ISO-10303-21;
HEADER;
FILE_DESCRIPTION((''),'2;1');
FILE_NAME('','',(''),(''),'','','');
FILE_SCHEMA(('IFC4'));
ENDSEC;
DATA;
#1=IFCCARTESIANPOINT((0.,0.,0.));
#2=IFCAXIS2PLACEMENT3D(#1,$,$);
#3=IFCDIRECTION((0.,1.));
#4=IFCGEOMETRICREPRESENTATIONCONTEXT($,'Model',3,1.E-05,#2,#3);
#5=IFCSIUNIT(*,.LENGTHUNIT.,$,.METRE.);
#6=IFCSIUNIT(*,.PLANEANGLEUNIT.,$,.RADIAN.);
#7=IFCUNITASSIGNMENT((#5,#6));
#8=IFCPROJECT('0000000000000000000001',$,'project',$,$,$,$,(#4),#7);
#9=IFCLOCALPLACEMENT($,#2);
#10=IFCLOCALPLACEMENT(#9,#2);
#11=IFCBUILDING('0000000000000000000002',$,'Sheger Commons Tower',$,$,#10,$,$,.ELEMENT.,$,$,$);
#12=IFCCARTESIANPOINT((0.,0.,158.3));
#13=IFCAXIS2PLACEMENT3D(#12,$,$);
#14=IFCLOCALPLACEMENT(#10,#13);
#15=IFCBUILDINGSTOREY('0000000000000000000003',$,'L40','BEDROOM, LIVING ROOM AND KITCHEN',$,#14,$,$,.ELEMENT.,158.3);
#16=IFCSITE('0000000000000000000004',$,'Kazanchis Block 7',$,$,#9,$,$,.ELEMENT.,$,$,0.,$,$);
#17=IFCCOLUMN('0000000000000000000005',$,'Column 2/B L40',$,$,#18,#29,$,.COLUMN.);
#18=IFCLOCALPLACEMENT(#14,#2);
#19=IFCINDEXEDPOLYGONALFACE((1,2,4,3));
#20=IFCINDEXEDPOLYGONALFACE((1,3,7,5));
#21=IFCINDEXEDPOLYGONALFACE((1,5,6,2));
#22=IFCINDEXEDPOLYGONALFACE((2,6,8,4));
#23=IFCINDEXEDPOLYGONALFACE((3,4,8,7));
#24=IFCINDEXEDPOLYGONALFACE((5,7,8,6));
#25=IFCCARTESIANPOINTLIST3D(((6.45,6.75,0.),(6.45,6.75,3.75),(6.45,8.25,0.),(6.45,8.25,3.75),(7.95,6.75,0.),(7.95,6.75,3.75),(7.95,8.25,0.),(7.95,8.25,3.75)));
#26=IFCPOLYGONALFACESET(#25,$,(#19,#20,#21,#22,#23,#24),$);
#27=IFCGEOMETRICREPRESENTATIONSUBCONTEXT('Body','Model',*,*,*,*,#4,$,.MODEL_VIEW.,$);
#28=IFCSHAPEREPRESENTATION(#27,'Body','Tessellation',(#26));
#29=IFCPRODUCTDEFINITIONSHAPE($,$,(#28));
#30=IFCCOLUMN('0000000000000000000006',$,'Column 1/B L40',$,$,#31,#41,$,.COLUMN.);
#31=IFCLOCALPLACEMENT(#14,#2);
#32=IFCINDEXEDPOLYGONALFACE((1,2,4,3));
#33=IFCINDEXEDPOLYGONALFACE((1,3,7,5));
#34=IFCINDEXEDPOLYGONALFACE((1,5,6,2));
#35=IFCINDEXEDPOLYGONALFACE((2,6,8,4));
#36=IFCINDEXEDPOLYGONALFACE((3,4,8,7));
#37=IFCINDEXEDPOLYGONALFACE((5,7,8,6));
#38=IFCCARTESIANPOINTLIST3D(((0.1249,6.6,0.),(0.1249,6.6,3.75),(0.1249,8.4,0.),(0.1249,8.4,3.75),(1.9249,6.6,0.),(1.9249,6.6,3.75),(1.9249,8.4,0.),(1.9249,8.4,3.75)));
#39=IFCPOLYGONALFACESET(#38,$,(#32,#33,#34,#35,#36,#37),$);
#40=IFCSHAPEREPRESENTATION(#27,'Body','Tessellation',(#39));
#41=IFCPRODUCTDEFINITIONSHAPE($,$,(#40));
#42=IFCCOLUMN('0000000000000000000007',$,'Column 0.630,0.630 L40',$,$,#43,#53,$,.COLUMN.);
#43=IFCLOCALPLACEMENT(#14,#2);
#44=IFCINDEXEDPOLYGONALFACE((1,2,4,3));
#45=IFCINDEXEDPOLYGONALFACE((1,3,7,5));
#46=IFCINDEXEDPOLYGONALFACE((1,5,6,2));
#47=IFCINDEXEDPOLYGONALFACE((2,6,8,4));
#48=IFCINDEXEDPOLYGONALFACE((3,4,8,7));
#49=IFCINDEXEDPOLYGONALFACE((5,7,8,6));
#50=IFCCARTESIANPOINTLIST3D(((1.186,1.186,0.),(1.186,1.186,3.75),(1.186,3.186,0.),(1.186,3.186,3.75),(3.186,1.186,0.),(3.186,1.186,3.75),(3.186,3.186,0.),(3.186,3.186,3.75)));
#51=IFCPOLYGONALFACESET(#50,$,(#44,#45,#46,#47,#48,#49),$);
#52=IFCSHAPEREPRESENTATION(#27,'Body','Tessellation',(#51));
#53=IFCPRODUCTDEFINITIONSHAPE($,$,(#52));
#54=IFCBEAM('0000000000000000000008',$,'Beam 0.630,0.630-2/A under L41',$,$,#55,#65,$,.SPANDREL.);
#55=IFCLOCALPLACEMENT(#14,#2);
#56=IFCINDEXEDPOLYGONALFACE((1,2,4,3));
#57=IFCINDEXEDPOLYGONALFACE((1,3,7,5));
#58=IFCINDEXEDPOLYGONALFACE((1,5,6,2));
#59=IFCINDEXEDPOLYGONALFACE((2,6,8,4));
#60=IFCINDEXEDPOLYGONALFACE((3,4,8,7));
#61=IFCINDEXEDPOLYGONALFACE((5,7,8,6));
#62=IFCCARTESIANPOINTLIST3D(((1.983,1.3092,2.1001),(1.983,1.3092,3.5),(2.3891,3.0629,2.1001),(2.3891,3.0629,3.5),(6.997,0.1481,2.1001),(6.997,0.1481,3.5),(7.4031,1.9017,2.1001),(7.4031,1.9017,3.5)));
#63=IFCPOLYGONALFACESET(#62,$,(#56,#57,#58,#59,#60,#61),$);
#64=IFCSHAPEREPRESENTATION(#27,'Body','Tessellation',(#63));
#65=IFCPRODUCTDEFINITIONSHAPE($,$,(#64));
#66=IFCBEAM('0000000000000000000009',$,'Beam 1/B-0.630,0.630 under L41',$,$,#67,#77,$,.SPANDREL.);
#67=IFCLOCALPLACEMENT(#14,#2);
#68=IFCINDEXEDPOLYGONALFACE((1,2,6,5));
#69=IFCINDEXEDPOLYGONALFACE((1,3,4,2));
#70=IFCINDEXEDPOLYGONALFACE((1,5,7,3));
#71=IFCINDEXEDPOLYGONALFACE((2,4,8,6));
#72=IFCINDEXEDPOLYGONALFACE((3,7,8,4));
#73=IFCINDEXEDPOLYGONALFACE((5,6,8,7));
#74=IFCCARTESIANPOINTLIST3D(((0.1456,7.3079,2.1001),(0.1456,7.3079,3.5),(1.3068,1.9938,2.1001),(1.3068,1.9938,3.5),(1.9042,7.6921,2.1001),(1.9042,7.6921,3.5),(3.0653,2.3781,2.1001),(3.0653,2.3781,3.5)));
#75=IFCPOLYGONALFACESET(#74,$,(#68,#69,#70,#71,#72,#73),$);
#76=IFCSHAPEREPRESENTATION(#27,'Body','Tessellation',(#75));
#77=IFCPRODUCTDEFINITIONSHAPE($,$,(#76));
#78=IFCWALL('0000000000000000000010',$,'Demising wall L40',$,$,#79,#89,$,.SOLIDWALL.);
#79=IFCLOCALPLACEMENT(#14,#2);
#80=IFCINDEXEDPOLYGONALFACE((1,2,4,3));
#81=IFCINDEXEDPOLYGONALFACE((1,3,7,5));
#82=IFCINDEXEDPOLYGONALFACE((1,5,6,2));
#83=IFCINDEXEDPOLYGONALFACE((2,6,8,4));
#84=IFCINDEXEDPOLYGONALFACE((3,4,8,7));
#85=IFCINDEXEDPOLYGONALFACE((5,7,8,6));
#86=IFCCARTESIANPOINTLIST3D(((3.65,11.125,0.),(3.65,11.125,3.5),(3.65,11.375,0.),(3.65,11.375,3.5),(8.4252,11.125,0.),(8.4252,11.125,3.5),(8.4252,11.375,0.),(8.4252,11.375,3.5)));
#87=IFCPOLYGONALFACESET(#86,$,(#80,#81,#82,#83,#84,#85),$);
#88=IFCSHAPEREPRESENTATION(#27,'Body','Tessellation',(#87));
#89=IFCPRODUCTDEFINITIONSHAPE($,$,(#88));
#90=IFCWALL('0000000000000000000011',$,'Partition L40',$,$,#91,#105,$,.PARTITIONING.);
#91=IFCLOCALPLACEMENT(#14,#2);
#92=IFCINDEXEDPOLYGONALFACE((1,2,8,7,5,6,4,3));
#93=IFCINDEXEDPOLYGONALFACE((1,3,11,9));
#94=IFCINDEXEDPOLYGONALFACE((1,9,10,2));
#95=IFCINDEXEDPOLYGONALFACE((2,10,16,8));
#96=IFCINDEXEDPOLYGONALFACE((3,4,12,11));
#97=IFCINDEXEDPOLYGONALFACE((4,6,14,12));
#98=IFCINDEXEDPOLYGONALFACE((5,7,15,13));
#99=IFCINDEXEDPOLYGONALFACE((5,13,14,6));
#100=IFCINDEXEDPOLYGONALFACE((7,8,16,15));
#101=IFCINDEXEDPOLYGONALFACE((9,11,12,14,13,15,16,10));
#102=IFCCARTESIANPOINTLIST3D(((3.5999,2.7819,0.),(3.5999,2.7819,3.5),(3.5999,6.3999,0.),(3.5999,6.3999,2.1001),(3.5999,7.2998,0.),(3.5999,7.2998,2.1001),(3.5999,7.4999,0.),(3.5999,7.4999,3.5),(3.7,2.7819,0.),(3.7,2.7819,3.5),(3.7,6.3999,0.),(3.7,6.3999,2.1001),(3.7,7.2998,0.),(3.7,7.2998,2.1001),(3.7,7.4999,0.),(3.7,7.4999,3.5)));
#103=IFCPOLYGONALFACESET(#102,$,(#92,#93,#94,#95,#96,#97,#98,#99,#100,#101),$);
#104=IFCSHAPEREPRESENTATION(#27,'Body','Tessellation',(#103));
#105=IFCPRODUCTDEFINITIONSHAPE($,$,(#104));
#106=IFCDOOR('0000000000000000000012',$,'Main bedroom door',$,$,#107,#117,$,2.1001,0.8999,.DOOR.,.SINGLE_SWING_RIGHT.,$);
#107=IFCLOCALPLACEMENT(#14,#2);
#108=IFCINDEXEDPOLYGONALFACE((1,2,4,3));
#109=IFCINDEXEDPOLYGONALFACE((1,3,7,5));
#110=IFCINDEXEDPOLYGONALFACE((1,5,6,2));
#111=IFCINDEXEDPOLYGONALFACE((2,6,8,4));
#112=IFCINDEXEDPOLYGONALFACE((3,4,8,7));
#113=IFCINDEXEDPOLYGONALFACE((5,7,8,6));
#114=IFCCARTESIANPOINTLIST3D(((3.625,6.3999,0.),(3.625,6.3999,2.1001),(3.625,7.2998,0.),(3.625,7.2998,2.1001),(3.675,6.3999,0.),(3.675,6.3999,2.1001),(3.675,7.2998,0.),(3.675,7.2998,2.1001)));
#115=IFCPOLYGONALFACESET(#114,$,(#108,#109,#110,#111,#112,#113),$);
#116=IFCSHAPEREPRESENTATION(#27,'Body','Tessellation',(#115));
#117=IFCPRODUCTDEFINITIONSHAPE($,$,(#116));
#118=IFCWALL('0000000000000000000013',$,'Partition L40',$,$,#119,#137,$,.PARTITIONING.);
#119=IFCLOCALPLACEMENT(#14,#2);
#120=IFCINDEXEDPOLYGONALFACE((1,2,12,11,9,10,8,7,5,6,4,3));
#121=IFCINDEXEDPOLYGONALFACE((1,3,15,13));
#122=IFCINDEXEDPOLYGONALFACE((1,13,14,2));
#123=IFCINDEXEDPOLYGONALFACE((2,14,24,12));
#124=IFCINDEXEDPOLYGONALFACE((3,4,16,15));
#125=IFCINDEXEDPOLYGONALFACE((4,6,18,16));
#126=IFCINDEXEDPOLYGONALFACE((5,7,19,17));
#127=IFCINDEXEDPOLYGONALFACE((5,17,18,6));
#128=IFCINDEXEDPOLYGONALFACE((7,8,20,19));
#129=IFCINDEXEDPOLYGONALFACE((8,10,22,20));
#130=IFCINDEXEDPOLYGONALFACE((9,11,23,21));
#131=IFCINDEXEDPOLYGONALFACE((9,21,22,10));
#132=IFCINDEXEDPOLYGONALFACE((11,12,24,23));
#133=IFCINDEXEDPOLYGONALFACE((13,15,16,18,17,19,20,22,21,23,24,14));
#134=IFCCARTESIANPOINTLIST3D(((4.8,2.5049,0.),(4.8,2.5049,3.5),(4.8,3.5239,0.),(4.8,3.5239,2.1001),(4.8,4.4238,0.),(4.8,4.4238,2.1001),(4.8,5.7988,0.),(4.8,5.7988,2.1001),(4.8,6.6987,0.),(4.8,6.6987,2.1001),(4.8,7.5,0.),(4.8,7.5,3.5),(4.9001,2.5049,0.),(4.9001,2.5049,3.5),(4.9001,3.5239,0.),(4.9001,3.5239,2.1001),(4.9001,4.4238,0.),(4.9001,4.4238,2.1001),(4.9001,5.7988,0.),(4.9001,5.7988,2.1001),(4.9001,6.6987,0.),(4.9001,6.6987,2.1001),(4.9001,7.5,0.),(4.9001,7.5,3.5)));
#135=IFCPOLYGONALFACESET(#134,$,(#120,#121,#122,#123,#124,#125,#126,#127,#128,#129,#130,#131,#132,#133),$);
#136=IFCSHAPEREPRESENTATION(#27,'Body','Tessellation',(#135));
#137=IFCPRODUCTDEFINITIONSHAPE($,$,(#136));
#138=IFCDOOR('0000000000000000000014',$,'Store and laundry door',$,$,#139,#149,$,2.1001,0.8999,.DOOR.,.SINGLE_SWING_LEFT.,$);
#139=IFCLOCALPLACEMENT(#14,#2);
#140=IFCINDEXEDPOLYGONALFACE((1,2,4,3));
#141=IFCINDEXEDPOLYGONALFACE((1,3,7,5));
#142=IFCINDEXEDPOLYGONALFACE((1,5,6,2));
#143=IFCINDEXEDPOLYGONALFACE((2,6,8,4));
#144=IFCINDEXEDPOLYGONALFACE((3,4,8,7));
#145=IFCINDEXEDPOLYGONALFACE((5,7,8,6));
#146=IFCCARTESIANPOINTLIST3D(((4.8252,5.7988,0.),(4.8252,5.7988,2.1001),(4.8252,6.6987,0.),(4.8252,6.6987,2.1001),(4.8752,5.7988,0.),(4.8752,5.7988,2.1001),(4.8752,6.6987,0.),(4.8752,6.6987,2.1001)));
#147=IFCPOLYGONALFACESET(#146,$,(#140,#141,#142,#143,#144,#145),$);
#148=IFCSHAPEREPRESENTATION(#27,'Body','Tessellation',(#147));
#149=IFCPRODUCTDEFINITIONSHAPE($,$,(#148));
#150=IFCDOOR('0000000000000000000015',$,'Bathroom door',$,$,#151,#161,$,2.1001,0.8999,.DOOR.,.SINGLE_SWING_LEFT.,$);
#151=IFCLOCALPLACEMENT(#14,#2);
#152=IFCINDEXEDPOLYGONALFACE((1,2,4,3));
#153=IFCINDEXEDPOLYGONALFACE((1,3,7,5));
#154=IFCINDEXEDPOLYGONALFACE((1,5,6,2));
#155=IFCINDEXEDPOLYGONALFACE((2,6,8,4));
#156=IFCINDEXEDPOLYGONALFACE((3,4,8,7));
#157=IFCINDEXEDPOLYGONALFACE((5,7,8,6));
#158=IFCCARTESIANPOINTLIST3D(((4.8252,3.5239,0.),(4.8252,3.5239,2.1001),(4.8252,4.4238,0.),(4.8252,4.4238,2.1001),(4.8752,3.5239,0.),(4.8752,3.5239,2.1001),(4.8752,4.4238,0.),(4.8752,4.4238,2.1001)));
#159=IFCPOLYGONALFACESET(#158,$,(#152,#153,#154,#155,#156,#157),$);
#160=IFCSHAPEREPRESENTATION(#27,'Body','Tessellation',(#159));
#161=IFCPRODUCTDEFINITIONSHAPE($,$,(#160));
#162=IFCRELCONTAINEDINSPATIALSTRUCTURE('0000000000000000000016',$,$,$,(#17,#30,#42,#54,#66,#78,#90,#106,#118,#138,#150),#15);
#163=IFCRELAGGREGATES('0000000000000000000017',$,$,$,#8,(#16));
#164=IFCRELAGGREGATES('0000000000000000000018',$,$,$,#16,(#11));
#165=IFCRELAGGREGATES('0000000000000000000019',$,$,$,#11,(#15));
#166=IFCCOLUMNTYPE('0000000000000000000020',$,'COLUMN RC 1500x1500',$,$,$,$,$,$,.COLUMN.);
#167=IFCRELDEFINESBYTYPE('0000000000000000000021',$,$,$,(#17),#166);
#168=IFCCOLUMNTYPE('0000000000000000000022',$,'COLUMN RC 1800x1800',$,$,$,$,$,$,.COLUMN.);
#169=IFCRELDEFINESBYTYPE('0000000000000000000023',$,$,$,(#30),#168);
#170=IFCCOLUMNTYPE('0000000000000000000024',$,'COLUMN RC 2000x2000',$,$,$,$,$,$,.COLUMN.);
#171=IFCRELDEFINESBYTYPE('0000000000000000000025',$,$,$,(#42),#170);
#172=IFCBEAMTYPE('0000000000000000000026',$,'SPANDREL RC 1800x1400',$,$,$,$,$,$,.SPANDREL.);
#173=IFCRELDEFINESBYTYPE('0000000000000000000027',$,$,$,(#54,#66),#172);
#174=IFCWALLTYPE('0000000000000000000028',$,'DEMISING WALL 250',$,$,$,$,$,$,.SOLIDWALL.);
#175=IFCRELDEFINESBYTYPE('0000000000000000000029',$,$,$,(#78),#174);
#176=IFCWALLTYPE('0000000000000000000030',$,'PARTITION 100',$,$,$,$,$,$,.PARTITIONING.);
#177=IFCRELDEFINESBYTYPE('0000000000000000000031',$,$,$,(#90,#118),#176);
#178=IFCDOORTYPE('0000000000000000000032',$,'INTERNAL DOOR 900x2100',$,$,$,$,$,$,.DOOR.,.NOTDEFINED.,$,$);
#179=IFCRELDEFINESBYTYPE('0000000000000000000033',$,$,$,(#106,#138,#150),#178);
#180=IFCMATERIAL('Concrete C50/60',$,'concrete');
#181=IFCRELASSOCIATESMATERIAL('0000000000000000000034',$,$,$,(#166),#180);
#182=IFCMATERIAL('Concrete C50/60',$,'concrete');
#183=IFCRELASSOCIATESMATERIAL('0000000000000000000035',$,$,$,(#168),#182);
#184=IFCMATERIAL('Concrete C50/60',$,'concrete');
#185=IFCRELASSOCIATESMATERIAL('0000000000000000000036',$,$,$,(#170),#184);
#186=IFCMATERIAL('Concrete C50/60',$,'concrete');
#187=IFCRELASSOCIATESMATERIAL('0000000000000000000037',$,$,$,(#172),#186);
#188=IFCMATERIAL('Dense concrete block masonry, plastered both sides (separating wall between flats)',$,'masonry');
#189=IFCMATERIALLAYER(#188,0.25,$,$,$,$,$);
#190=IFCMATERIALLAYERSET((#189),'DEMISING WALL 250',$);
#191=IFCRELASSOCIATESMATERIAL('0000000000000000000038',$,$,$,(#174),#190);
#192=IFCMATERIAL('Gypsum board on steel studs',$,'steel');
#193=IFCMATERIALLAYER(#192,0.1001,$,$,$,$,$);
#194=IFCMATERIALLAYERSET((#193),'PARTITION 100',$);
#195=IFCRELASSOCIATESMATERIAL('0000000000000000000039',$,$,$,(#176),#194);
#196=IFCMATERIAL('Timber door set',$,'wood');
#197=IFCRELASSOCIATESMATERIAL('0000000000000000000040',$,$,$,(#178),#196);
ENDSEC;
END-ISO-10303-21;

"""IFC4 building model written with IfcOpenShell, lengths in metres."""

from ifc_helpers import new_model, si_unit, direction, frame, frame_2d, origin, origin_2d, place, context, subcontext, project, spatial, rectangle, extrude, material, layer, layer_set, material_profile, profile_set, type_object, element, fill, save


model = new_model("IFC4")

# Units and contexts
model_context = context("Model", 3, precision=1e-05, world=origin(), true_north=direction((0.0, 1.0)))
body_context = subcontext(model_context, "Body", "Model", "MODEL_VIEW")
ifc_project = project(units=[si_unit("LENGTHUNIT", "METRE"), si_unit("PLANEANGLEUNIT", "RADIAN")], contexts=[model_context])

# Site, building, storey
site_placement = place(None, origin())
site = spatial("IfcSite", under=ifc_project, at=site_placement, Name="Kazanchis Block 7", CompositionType="ELEMENT", RefElevation=0.0)
building_placement = place(site_placement, origin())
building = spatial("IfcBuilding", under=site, at=building_placement, Name="Sheger Commons Tower", CompositionType="ELEMENT")
storey_placement = place(building_placement, frame((0.0, 0.0, 158.3)))
storey = spatial("IfcBuildingStorey", under=building, at=storey_placement, Name="L40", Description="BEDROOM, LIVING ROOM AND KITCHEN", CompositionType="ELEMENT", Elevation=158.3)

# Columns
ifc_material_1 = material(Name="Concrete C50/60", Category="concrete")
ifc_material_profile_1 = material_profile(ifc_material_1, rectangle(XDim=1.5, YDim=1.5, at=origin_2d()), Name="RC 1500x1500")
ifc_profile_set_1 = profile_set([ifc_material_profile_1], Name="Concrete C50/60")
column_type_1 = type_object("IfcColumnType", Name="COLUMN RC 1500x1500", PredefinedType="COLUMN", material=ifc_profile_set_1)
column_1_placement = place(storey_placement, frame((7.2, 7.5, 0.0), z_axis=(0.0, 0.0, 1.0), x_axis=(1.0, 0.0, 0.0)))
element("IfcColumn", 1, at=column_1_placement, inside=storey, type_object=column_type_1, Name="Column 2/B L40", PredefinedType="COLUMN", context=body_context, shape_type="SweptSolid", body=[
    extrude(rectangle(XDim=1.5, YDim=1.5, at=origin_2d()), origin(), (0.0, 0.0, 1.0), 3.75),
])
ifc_material_2 = material(Name="Concrete C50/60", Category="concrete")
ifc_material_profile_2 = material_profile(ifc_material_2, rectangle(XDim=1.8, YDim=1.8, at=origin_2d()), Name="RC 1800x1800")
ifc_profile_set_2 = profile_set([ifc_material_profile_2], Name="Concrete C50/60")
column_type_2 = type_object("IfcColumnType", Name="COLUMN RC 1800x1800", PredefinedType="COLUMN", material=ifc_profile_set_2)
column_2_placement = place(storey_placement, frame((1.0249, 7.5, 0.0), z_axis=(0.0, 0.0, 1.0), x_axis=(1.0, 0.0, 0.0)))
element("IfcColumn", 2, at=column_2_placement, inside=storey, type_object=column_type_2, Name="Column 1/B L40", PredefinedType="COLUMN", context=body_context, shape_type="SweptSolid", body=[
    extrude(rectangle(XDim=1.8, YDim=1.8, at=origin_2d()), origin(), (0.0, 0.0, 1.0), 3.75),
])
ifc_material_3 = material(Name="Concrete C50/60", Category="concrete")
ifc_material_profile_3 = material_profile(ifc_material_3, rectangle(XDim=2.0, YDim=2.0, at=origin_2d()), Name="RC 2000x2000")
ifc_profile_set_3 = profile_set([ifc_material_profile_3], Name="Concrete C50/60")
column_type_3 = type_object("IfcColumnType", Name="COLUMN RC 2000x2000", PredefinedType="COLUMN", material=ifc_profile_set_3)
column_3_placement = place(storey_placement, frame((2.186, 2.186, 0.0), z_axis=(0.0, 0.0, 1.0), x_axis=(1.0, 0.0, 0.0)))
element("IfcColumn", 3, at=column_3_placement, inside=storey, type_object=column_type_3, Name="Column 0.630,0.630 L40", PredefinedType="COLUMN", context=body_context, shape_type="SweptSolid", body=[
    extrude(rectangle(XDim=2.0, YDim=2.0, at=origin_2d()), origin(), (0.0, 0.0, 1.0), 3.75),
])

# Beams
ifc_material_4 = material(Name="Concrete C50/60", Category="concrete")
ifc_material_profile_4 = material_profile(ifc_material_4, rectangle(XDim=1.8, YDim=1.3999, at=origin_2d()), Name="RC 1800x1400")
ifc_profile_set_4 = profile_set([ifc_material_profile_4], Name="Concrete C50/60")
beam_type = type_object("IfcBeamType", Name="SPANDREL RC 1800x1400", PredefinedType="SPANDREL", material=ifc_profile_set_4)
beam_1_placement = place(storey_placement, frame((2.186, 2.186, 2.8), z_axis=(0.974217, -0.225611, 0.0), x_axis=(0.225611, 0.974217, 0.0)))
element("IfcBeam", 4, at=beam_1_placement, inside=storey, type_object=beam_type, Name="Beam 0.630,0.630-2/A under L41", PredefinedType="SPANDREL", context=body_context, shape_type="SweptSolid", body=[
    extrude(rectangle(XDim=1.8, YDim=1.3999, at=origin_2d()), origin(), (0.0, 0.0, 1.0), 5.1467),
])
beam_2_placement = place(storey_placement, frame((1.0249, 7.5, 2.8), z_axis=(0.213469, -0.97695, 0.0), x_axis=(0.97695, 0.213469, 0.0)))
element("IfcBeam", 5, at=beam_2_placement, inside=storey, type_object=beam_type, Name="Beam 1/B-0.630,0.630 under L41", PredefinedType="SPANDREL", context=body_context, shape_type="SweptSolid", body=[
    extrude(rectangle(XDim=1.8, YDim=1.3999, at=origin_2d()), origin(), (0.0, 0.0, 1.0), 5.4395),
])

# Wall
ifc_material_5 = material(Name="Dense concrete block masonry, plastered both sides (separating wall between flats)", Category="masonry")
ifc_layer_1 = layer(ifc_material_5, 0.25)
ifc_layer_set_1 = layer_set([ifc_layer_1], Name="DEMISING WALL 250")
wall_type_1 = type_object("IfcWallType", Name="DEMISING WALL 250", PredefinedType="SOLIDWALL", material=ifc_layer_set_1)
wall_1_placement = place(storey_placement, frame((3.6499, 11.25, 0.0), z_axis=(0.0, 0.0, 1.0), x_axis=(1.0, 0.0, 0.0)))
element("IfcWall", 6, at=wall_1_placement, inside=storey, type_object=wall_type_1, Name="Demising wall L40", PredefinedType="SOLIDWALL", context=body_context, shape_type="SweptSolid", body=[
    extrude(rectangle(XDim=4.7751, YDim=0.25, at=frame_2d((2.3877, 0.0))), origin(), (0.0, 0.0, 1.0), 3.5),
])

# Wall, opening, door
ifc_material_6 = material(Name="Gypsum board on steel studs", Category="steel")
ifc_layer_2 = layer(ifc_material_6, 0.1001)
ifc_layer_set_2 = layer_set([ifc_layer_2], Name="PARTITION 100")
wall_type_2 = type_object("IfcWallType", Name="PARTITION 100", PredefinedType="PARTITIONING", material=ifc_layer_set_2)
wall_2_placement = place(storey_placement, frame((3.6499, 2.782, 0.0), z_axis=(0.0, 0.0, 1.0), x_axis=(0.0, 1.0, 0.0)))
wall_2 = element("IfcWall", 7, at=wall_2_placement, inside=storey, type_object=wall_type_2, Name="Partition L40", PredefinedType="PARTITIONING", context=body_context, shape_type="SweptSolid", body=[
    extrude(rectangle(XDim=4.718, YDim=0.1001, at=frame_2d((2.3589, 0.0))), origin(), (0.0, 0.0, 1.0), 3.5),
])
opening_1_placement = place(wall_2_placement, frame((3.6179, 0.0, 0.0)))
opening_1 = element("IfcOpeningElement", 8, at=opening_1_placement, cuts=wall_2, PredefinedType="OPENING", context=body_context, shape_type="SweptSolid", body=[
    extrude(rectangle(XDim=0.8999, YDim=2.1001, at=frame_2d((0.45, 1.05))), frame((0.0, 0.0601, 0.0), z_axis=(0.0, -1.0, 0.0), x_axis=(1.0, 0.0, 0.0)), (0.0, 0.0, 1.0), 0.1201),
])
ifc_material_7 = material(Name="Timber door set", Category="wood")
door_type = type_object("IfcDoorType", Name="INTERNAL DOOR 900x2100", OperationType="NOTDEFINED", PredefinedType="DOOR", material=ifc_material_7)
door_1_placement = place(opening_1_placement, origin())
door_1 = element("IfcDoor", 9, at=door_1_placement, inside=storey, type_object=door_type, Name="Main bedroom door", OperationType="SINGLE_SWING_RIGHT", OverallHeight=2.1001, OverallWidth=0.8999, PredefinedType="DOOR", context=body_context, shape_type="SweptSolid", body=[
    extrude(rectangle(XDim=0.8999, YDim=2.1001, at=frame_2d((0.45, 1.05))), frame((0.0, 0.0249, 0.0), z_axis=(0.0, -1.0, 0.0), x_axis=(1.0, 0.0, 0.0)), (0.0, 0.0, 1.0), 0.05),
])
fill(opening_1, door_1)

# Wall, openings, doors
wall_3_placement = place(storey_placement, frame((4.8501, 2.5049, 0.0), z_axis=(0.0, 0.0, 1.0), x_axis=(0.0, 1.0, 0.0)))
wall_3 = element("IfcWall", 10, at=wall_3_placement, inside=storey, type_object=wall_type_2, Name="Partition L40", PredefinedType="PARTITIONING", context=body_context, shape_type="SweptSolid", body=[
    extrude(rectangle(XDim=4.9951, YDim=0.1001, at=frame_2d((2.4976, 0.0))), origin(), (0.0, 0.0, 1.0), 3.5),
])
opening_2_placement = place(wall_3_placement, frame((3.2939, 0.0, 0.0)))
opening_2 = element("IfcOpeningElement", 11, at=opening_2_placement, cuts=wall_3, PredefinedType="OPENING", context=body_context, shape_type="SweptSolid", body=[
    extrude(rectangle(XDim=0.8999, YDim=2.1001, at=frame_2d((0.45, 1.05))), frame((0.0, 0.0601, 0.0), z_axis=(0.0, -1.0, 0.0), x_axis=(1.0, 0.0, 0.0)), (0.0, 0.0, 1.0), 0.1201),
])
opening_3_placement = place(wall_3_placement, frame((1.019, 0.0, 0.0)))
opening_3 = element("IfcOpeningElement", 12, at=opening_3_placement, cuts=wall_3, PredefinedType="OPENING", context=body_context, shape_type="SweptSolid", body=[
    extrude(rectangle(XDim=0.8999, YDim=2.1001, at=frame_2d((0.45, 1.05))), frame((0.0, 0.0601, 0.0), z_axis=(0.0, -1.0, 0.0), x_axis=(1.0, 0.0, 0.0)), (0.0, 0.0, 1.0), 0.1201),
])
door_2_placement = place(opening_2_placement, origin())
door_2 = element("IfcDoor", 13, at=door_2_placement, inside=storey, type_object=door_type, Name="Store and laundry door", OperationType="SINGLE_SWING_LEFT", OverallHeight=2.1001, OverallWidth=0.8999, PredefinedType="DOOR", context=body_context, shape_type="SweptSolid", body=[
    extrude(rectangle(XDim=0.8999, YDim=2.1001, at=frame_2d((0.45, 1.05))), frame((0.0, 0.0249, 0.0), z_axis=(0.0, -1.0, 0.0), x_axis=(1.0, 0.0, 0.0)), (0.0, 0.0, 1.0), 0.05),
])
fill(opening_2, door_2)
door_3_placement = place(opening_3_placement, origin())
door_3 = element("IfcDoor", 14, at=door_3_placement, inside=storey, type_object=door_type, Name="Bathroom door", OperationType="SINGLE_SWING_LEFT", OverallHeight=2.1001, OverallWidth=0.8999, PredefinedType="DOOR", context=body_context, shape_type="SweptSolid", body=[
    extrude(rectangle(XDim=0.8999, YDim=2.1001, at=frame_2d((0.45, 1.05))), frame((0.0, 0.0249, 0.0), z_axis=(0.0, -1.0, 0.0), x_axis=(1.0, 0.0, 0.0)), (0.0, 0.0, 1.0), 0.05),
])
fill(opening_3, door_3)

save(model, "model.ifc")
